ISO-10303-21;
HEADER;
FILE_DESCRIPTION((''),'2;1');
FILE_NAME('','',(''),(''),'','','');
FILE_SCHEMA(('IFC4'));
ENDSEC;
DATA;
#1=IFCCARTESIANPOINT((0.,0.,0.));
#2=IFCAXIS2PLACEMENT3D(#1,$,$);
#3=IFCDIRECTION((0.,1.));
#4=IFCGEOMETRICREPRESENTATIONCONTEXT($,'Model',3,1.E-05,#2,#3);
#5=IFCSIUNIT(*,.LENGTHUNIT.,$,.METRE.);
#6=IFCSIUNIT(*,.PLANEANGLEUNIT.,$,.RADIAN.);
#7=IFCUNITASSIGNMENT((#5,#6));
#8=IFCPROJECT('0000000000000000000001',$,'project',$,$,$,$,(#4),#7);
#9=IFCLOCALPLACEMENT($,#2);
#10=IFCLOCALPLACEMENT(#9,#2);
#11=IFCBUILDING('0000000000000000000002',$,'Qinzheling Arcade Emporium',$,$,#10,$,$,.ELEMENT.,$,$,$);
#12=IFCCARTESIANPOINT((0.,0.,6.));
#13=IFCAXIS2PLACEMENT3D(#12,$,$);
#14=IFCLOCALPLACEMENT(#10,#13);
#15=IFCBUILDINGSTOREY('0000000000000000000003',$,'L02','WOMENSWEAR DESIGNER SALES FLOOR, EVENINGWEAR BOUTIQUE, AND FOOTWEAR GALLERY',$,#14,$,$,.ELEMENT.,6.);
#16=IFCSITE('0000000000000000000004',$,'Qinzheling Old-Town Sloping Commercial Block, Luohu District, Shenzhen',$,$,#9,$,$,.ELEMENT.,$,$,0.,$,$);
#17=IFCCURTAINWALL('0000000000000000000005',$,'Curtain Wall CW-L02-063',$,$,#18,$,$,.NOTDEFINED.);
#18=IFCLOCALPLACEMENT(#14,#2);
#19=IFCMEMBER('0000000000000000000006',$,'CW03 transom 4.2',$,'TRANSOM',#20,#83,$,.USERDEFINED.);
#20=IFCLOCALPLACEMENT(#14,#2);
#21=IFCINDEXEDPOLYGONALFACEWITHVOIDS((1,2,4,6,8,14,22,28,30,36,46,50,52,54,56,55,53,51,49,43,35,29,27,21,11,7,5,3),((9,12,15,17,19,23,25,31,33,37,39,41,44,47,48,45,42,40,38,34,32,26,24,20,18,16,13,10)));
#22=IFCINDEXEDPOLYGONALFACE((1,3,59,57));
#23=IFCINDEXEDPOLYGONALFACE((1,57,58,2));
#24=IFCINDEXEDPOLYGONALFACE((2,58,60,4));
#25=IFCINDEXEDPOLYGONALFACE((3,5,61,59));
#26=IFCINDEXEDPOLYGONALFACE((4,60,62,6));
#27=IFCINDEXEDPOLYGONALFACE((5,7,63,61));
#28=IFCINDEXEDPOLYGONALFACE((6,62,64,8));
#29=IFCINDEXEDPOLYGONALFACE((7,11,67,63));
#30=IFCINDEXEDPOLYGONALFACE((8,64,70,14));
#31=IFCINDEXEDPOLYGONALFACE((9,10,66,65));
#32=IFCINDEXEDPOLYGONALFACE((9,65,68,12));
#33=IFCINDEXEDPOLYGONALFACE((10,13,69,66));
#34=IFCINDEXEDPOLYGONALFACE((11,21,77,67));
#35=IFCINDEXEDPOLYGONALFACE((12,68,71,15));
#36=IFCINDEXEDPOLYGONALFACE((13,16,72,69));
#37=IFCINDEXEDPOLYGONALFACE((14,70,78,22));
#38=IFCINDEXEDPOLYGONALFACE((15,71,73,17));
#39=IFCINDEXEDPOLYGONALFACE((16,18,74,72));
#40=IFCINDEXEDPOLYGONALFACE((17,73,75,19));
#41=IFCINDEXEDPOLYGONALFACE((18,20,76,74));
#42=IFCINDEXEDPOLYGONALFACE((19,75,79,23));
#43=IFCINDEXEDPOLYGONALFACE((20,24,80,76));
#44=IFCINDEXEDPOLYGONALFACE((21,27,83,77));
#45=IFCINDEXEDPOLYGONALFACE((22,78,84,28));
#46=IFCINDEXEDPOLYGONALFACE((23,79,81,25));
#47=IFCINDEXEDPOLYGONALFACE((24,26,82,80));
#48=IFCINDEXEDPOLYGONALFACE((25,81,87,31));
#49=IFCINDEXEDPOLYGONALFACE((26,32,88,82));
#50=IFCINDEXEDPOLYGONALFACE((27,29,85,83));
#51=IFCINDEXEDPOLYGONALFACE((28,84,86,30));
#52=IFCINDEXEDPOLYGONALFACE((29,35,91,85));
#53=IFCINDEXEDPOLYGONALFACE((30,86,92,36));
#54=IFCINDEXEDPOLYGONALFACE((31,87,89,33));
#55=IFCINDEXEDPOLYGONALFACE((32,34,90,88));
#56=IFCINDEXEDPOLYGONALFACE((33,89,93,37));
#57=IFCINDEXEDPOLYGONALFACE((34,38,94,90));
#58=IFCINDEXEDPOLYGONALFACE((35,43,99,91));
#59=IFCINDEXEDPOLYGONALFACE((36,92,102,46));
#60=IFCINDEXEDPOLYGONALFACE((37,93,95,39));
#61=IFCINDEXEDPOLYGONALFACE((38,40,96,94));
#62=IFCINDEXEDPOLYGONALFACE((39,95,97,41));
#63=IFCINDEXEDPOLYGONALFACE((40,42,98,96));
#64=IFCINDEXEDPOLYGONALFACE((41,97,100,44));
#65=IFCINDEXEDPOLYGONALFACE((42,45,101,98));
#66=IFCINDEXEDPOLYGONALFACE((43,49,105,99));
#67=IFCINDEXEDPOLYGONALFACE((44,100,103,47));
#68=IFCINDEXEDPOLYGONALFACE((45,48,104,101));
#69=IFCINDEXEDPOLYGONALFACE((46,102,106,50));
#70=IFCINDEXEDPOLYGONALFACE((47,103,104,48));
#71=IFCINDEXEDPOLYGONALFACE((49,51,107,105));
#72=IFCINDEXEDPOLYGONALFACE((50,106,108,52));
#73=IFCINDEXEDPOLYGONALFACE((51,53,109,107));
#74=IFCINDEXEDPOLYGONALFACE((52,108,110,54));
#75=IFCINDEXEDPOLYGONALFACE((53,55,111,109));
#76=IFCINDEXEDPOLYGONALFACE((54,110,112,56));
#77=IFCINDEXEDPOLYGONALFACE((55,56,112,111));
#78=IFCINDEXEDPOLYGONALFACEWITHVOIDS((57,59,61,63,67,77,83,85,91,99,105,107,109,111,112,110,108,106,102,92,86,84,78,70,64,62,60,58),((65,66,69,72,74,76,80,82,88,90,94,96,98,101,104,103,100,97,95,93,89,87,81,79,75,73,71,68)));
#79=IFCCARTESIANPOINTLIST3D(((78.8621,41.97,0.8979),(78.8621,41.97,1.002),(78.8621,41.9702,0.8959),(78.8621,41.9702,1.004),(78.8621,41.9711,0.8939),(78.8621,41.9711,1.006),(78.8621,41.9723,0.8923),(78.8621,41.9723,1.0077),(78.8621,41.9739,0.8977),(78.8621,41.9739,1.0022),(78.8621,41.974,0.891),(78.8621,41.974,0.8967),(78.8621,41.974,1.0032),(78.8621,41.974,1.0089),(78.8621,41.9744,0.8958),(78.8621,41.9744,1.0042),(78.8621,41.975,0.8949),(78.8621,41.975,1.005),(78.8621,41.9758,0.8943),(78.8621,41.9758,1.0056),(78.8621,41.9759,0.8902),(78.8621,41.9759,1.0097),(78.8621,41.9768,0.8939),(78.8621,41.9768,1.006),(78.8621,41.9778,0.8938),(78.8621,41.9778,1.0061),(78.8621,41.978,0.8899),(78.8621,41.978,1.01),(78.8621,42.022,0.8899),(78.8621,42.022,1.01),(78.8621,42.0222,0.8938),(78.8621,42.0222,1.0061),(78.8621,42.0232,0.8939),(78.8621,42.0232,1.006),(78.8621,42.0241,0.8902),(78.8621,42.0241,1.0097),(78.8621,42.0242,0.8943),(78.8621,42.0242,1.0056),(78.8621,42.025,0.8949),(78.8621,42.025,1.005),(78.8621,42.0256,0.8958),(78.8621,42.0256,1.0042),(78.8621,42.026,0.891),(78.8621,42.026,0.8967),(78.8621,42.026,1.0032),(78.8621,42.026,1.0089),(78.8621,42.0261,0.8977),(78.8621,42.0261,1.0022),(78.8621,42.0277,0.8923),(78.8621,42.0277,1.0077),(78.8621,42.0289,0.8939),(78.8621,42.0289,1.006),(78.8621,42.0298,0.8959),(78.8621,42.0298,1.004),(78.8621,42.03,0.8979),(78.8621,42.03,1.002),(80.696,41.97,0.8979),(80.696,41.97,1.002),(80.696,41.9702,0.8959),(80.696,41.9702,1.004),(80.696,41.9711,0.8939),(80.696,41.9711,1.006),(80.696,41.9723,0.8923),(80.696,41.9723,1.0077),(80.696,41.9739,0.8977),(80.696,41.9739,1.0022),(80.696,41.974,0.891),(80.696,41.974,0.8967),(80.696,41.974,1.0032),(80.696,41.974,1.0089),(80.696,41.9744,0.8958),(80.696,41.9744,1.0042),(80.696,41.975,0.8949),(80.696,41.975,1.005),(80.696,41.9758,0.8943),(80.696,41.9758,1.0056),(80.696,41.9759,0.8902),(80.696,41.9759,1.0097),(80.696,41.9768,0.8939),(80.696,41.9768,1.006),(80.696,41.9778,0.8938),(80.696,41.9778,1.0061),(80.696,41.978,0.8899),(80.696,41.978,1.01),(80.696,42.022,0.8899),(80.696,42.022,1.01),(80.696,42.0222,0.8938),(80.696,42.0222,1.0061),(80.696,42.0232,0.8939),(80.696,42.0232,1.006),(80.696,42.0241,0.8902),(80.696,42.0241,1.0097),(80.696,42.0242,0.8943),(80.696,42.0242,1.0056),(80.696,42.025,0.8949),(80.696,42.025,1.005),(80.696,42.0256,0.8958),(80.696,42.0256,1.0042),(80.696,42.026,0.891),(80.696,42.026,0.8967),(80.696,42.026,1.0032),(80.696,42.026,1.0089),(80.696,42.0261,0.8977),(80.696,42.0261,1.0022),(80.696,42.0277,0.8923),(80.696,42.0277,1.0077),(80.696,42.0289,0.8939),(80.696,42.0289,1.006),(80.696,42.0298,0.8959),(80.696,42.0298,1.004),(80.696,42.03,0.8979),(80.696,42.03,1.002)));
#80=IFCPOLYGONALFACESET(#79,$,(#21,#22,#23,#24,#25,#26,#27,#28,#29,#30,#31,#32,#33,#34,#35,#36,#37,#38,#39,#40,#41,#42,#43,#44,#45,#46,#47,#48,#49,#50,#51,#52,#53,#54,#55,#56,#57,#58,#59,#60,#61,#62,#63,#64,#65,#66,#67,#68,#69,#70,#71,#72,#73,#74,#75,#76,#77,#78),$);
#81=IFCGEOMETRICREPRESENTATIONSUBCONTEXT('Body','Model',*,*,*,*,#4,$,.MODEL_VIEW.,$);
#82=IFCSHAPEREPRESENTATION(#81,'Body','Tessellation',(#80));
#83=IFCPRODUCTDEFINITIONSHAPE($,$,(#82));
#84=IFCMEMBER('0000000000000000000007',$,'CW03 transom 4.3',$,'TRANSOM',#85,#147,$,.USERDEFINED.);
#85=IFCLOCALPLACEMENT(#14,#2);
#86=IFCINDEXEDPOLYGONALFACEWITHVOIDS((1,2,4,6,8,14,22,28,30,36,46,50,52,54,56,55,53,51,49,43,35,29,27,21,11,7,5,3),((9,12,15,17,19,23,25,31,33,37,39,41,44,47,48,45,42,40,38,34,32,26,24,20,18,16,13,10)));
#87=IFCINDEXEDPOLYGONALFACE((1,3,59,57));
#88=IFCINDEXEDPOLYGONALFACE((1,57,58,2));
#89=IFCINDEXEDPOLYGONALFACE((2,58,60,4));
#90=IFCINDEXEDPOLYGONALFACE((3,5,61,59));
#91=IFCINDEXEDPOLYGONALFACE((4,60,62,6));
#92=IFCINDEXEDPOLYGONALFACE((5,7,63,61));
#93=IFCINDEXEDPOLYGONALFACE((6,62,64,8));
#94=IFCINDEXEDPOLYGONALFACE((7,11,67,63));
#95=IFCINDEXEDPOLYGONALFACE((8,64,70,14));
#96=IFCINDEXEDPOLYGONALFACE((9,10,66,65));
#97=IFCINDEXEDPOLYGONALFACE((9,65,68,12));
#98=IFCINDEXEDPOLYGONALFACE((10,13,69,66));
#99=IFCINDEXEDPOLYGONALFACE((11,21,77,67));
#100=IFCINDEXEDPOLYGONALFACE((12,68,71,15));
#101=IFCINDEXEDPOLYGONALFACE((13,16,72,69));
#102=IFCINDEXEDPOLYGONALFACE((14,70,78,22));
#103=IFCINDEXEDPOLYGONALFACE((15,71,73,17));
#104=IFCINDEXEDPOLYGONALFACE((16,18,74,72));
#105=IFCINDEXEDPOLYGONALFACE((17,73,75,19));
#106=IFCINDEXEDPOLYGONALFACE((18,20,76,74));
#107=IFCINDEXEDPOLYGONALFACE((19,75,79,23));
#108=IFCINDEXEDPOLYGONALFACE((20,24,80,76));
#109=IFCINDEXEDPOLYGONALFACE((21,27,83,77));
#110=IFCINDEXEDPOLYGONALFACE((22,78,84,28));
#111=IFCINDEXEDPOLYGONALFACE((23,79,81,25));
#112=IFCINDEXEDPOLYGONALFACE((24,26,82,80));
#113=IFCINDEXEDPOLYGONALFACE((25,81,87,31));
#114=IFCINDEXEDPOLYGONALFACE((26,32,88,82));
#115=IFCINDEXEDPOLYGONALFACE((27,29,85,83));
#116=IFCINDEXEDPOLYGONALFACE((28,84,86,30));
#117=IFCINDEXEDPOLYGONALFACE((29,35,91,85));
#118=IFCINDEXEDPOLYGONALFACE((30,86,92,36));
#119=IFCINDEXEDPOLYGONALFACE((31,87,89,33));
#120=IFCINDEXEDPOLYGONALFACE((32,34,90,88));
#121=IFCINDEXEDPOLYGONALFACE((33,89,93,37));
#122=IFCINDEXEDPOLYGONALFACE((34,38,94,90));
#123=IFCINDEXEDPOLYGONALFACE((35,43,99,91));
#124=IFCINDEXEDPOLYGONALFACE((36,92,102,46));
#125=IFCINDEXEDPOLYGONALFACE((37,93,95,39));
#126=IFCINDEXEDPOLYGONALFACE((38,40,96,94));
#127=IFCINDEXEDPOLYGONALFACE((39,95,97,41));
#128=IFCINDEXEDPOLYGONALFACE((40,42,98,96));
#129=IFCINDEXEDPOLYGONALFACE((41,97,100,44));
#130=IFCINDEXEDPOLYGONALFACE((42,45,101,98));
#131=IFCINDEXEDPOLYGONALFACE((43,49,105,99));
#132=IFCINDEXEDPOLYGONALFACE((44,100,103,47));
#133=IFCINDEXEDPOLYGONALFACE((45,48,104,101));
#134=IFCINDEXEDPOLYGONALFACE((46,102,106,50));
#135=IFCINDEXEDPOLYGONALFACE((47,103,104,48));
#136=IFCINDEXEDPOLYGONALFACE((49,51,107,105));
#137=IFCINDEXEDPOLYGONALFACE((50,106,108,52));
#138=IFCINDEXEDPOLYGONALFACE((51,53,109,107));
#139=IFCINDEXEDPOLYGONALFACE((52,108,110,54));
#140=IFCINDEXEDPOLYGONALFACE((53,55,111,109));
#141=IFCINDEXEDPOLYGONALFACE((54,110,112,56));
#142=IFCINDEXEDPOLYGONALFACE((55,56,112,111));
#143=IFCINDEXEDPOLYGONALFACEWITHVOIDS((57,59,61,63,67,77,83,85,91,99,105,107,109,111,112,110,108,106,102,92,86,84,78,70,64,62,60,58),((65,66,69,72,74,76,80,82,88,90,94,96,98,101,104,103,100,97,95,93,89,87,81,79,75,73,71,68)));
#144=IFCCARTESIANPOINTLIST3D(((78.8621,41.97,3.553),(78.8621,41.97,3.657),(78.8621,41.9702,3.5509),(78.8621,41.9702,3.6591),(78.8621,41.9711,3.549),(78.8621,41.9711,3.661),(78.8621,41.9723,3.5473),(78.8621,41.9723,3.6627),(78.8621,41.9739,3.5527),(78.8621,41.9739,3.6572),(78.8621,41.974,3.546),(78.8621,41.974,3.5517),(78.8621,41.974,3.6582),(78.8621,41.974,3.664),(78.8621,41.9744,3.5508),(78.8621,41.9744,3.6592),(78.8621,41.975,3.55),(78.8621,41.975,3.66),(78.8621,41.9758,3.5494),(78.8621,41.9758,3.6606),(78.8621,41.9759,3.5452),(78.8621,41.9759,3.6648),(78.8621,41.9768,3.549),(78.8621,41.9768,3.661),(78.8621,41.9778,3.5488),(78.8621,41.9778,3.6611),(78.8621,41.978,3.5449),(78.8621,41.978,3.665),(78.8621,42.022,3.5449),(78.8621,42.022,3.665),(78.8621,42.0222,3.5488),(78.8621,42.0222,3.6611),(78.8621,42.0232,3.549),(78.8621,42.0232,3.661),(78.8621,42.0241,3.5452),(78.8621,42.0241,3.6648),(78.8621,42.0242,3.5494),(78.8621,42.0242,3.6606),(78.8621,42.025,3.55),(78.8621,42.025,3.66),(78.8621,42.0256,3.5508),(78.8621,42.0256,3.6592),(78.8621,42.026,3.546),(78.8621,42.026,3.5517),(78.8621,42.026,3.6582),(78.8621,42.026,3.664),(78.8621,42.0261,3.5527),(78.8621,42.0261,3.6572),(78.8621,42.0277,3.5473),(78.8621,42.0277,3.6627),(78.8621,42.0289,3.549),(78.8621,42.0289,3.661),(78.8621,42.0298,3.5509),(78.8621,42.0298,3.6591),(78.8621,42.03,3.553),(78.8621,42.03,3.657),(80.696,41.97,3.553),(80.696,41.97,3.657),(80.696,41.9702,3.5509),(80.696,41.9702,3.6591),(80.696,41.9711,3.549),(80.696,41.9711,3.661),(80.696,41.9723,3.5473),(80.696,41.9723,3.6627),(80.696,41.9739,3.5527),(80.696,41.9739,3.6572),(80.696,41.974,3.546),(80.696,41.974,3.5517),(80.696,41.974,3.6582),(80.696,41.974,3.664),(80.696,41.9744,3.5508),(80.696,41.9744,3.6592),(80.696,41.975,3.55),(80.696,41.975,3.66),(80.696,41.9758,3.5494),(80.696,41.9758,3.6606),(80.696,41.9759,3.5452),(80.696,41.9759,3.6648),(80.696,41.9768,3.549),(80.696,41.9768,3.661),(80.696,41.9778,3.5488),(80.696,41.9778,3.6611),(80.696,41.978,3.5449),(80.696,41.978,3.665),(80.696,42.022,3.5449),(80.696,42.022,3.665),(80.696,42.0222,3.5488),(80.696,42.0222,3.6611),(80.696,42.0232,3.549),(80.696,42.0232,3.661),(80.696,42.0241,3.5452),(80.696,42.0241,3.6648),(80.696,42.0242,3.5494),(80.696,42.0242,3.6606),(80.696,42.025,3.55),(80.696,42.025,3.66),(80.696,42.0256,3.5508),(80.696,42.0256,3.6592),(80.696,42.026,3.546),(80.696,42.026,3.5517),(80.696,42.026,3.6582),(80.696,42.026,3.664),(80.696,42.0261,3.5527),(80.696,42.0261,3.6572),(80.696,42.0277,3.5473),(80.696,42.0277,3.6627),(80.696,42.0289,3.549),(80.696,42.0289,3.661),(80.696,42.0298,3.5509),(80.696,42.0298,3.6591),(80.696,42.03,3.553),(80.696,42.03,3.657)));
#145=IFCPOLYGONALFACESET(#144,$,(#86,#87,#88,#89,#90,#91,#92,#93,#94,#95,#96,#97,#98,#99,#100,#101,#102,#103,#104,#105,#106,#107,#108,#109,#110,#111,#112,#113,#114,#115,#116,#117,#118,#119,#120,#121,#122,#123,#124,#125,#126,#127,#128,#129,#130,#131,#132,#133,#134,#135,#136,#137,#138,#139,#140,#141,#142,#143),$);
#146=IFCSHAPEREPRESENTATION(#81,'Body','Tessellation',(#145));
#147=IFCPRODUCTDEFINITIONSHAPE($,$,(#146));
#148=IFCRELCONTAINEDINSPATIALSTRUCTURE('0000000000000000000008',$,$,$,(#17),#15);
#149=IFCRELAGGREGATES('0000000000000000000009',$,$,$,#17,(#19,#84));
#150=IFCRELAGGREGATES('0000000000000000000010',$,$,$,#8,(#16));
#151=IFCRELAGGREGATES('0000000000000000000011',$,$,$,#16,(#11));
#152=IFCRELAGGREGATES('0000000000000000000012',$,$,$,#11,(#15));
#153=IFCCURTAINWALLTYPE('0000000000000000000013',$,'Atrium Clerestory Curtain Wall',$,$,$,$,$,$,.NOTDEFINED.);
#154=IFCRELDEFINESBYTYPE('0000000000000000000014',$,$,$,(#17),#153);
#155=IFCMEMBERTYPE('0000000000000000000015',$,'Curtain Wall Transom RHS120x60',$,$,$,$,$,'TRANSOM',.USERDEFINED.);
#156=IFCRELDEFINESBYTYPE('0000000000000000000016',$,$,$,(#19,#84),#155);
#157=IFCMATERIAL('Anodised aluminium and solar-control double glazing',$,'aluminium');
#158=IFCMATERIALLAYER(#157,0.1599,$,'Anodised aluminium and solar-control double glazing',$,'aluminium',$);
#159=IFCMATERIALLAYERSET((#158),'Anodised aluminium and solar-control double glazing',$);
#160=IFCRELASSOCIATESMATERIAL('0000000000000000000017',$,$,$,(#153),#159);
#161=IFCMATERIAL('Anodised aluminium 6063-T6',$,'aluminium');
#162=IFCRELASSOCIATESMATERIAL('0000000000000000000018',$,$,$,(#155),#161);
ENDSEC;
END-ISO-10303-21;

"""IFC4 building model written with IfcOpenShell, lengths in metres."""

from ifc_helpers import new_model, si_unit, direction, frame, origin, origin_2d, place, context, subcontext, project, spatial, hollow_rectangle, extrude, material, layer, layer_set, material_profile, profile_set, type_object, element, aggregate, save


model = new_model("IFC4")

# Units and contexts
model_context = context("Model", 3, precision=1e-05, world=origin(), true_north=direction((0.0, 1.0)))
body_context = subcontext(model_context, "Body", "Model", "MODEL_VIEW")
ifc_project = project(units=[si_unit("LENGTHUNIT", "METRE"), si_unit("PLANEANGLEUNIT", "RADIAN")], contexts=[model_context])

# Site, building, storey
site_placement = place(None, origin())
site = spatial("IfcSite", under=ifc_project, at=site_placement, Name="Qinzheling Old-Town Sloping Commercial Block, Luohu District, Shenzhen", CompositionType="ELEMENT", RefElevation=0.0)
building_placement = place(site_placement, origin())
building = spatial("IfcBuilding", under=site, at=building_placement, Name="Qinzheling Arcade Emporium", CompositionType="ELEMENT")
storey_placement = place(building_placement, frame((0.0, 0.0, 6.0)))
storey = spatial("IfcBuildingStorey", under=building, at=storey_placement, Name="L02", Description="WOMENSWEAR DESIGNER SALES FLOOR, EVENINGWEAR BOUTIQUE, AND FOOTWEAR GALLERY", CompositionType="ELEMENT", Elevation=6.0)

# Curtain wall
ifc_material_1 = material(Name="Anodised aluminium and solar-control double glazing", Category="aluminium")
ifc_layer_1 = layer(ifc_material_1, 0.1599, Name="Anodised aluminium and solar-control double glazing", Category="aluminium")
ifc_layer_set_1 = layer_set([ifc_layer_1], Name="Anodised aluminium and solar-control double glazing")
curtain_wall_type = type_object("IfcCurtainWallType", Name="Atrium Clerestory Curtain Wall", PredefinedType="NOTDEFINED", material=ifc_layer_set_1)
curtain_wall_1_placement = place(storey_placement, origin())
curtain_wall_1 = element("IfcCurtainWall", 1, at=curtain_wall_1_placement, inside=storey, type_object=curtain_wall_type, Name="Curtain Wall CW-L02-063", PredefinedType="NOTDEFINED")
ifc_material_2 = material(Name="Anodised aluminium 6063-T6", Category="aluminium")

# Members
ifc_material_profile_1 = material_profile(ifc_material_2, hollow_rectangle(XDim=0.0601, YDim=0.1201, WallThickness=0.0039, InnerFilletRadius=0.0039, OuterFilletRadius=0.0081, at=origin_2d()), Name="RHS 120x60x4", Category="aluminium")
ifc_profile_set_1 = profile_set([ifc_material_profile_1], Name="Anodised aluminium 6063-T6")
member_type_1 = type_object("IfcMemberType", Name="Curtain Wall Transom RHS120x60", ElementType="TRANSOM", PredefinedType="USERDEFINED", material=ifc_profile_set_1)
member_1_placement = place(storey_placement, frame((80.696, 42.0, 0.95), z_axis=(-1.0, 0.0, 0.0), x_axis=(0.0, -1.0, 0.0)))
member_1 = element("IfcMember", 2, at=member_1_placement, type_object=member_type_1, Name="CW03 transom 4.2", ObjectType="TRANSOM", PredefinedType="USERDEFINED", context=body_context, shape_type="SweptSolid", body=[
    extrude(hollow_rectangle(XDim=0.0601, YDim=0.1201, WallThickness=0.0039, InnerFilletRadius=0.0039, OuterFilletRadius=0.0081, at=origin_2d()), origin(), (0.0, 0.0, 1.0), 1.834),
])
member_2_placement = place(storey_placement, frame((80.696, 42.0, 3.605), z_axis=(-1.0, 0.0, 0.0), x_axis=(0.0, -1.0, 0.0)))
member_2 = element("IfcMember", 3, at=member_2_placement, type_object=member_type_1, Name="CW03 transom 4.3", ObjectType="TRANSOM", PredefinedType="USERDEFINED", context=body_context, shape_type="SweptSolid", body=[
    extrude(hollow_rectangle(XDim=0.0601, YDim=0.1201, WallThickness=0.0039, InnerFilletRadius=0.0039, OuterFilletRadius=0.0081, at=origin_2d()), origin(), (0.0, 0.0, 1.0), 1.834),
])

aggregate(curtain_wall_1, [member_1, member_2])

save(model, "model.ifc")
